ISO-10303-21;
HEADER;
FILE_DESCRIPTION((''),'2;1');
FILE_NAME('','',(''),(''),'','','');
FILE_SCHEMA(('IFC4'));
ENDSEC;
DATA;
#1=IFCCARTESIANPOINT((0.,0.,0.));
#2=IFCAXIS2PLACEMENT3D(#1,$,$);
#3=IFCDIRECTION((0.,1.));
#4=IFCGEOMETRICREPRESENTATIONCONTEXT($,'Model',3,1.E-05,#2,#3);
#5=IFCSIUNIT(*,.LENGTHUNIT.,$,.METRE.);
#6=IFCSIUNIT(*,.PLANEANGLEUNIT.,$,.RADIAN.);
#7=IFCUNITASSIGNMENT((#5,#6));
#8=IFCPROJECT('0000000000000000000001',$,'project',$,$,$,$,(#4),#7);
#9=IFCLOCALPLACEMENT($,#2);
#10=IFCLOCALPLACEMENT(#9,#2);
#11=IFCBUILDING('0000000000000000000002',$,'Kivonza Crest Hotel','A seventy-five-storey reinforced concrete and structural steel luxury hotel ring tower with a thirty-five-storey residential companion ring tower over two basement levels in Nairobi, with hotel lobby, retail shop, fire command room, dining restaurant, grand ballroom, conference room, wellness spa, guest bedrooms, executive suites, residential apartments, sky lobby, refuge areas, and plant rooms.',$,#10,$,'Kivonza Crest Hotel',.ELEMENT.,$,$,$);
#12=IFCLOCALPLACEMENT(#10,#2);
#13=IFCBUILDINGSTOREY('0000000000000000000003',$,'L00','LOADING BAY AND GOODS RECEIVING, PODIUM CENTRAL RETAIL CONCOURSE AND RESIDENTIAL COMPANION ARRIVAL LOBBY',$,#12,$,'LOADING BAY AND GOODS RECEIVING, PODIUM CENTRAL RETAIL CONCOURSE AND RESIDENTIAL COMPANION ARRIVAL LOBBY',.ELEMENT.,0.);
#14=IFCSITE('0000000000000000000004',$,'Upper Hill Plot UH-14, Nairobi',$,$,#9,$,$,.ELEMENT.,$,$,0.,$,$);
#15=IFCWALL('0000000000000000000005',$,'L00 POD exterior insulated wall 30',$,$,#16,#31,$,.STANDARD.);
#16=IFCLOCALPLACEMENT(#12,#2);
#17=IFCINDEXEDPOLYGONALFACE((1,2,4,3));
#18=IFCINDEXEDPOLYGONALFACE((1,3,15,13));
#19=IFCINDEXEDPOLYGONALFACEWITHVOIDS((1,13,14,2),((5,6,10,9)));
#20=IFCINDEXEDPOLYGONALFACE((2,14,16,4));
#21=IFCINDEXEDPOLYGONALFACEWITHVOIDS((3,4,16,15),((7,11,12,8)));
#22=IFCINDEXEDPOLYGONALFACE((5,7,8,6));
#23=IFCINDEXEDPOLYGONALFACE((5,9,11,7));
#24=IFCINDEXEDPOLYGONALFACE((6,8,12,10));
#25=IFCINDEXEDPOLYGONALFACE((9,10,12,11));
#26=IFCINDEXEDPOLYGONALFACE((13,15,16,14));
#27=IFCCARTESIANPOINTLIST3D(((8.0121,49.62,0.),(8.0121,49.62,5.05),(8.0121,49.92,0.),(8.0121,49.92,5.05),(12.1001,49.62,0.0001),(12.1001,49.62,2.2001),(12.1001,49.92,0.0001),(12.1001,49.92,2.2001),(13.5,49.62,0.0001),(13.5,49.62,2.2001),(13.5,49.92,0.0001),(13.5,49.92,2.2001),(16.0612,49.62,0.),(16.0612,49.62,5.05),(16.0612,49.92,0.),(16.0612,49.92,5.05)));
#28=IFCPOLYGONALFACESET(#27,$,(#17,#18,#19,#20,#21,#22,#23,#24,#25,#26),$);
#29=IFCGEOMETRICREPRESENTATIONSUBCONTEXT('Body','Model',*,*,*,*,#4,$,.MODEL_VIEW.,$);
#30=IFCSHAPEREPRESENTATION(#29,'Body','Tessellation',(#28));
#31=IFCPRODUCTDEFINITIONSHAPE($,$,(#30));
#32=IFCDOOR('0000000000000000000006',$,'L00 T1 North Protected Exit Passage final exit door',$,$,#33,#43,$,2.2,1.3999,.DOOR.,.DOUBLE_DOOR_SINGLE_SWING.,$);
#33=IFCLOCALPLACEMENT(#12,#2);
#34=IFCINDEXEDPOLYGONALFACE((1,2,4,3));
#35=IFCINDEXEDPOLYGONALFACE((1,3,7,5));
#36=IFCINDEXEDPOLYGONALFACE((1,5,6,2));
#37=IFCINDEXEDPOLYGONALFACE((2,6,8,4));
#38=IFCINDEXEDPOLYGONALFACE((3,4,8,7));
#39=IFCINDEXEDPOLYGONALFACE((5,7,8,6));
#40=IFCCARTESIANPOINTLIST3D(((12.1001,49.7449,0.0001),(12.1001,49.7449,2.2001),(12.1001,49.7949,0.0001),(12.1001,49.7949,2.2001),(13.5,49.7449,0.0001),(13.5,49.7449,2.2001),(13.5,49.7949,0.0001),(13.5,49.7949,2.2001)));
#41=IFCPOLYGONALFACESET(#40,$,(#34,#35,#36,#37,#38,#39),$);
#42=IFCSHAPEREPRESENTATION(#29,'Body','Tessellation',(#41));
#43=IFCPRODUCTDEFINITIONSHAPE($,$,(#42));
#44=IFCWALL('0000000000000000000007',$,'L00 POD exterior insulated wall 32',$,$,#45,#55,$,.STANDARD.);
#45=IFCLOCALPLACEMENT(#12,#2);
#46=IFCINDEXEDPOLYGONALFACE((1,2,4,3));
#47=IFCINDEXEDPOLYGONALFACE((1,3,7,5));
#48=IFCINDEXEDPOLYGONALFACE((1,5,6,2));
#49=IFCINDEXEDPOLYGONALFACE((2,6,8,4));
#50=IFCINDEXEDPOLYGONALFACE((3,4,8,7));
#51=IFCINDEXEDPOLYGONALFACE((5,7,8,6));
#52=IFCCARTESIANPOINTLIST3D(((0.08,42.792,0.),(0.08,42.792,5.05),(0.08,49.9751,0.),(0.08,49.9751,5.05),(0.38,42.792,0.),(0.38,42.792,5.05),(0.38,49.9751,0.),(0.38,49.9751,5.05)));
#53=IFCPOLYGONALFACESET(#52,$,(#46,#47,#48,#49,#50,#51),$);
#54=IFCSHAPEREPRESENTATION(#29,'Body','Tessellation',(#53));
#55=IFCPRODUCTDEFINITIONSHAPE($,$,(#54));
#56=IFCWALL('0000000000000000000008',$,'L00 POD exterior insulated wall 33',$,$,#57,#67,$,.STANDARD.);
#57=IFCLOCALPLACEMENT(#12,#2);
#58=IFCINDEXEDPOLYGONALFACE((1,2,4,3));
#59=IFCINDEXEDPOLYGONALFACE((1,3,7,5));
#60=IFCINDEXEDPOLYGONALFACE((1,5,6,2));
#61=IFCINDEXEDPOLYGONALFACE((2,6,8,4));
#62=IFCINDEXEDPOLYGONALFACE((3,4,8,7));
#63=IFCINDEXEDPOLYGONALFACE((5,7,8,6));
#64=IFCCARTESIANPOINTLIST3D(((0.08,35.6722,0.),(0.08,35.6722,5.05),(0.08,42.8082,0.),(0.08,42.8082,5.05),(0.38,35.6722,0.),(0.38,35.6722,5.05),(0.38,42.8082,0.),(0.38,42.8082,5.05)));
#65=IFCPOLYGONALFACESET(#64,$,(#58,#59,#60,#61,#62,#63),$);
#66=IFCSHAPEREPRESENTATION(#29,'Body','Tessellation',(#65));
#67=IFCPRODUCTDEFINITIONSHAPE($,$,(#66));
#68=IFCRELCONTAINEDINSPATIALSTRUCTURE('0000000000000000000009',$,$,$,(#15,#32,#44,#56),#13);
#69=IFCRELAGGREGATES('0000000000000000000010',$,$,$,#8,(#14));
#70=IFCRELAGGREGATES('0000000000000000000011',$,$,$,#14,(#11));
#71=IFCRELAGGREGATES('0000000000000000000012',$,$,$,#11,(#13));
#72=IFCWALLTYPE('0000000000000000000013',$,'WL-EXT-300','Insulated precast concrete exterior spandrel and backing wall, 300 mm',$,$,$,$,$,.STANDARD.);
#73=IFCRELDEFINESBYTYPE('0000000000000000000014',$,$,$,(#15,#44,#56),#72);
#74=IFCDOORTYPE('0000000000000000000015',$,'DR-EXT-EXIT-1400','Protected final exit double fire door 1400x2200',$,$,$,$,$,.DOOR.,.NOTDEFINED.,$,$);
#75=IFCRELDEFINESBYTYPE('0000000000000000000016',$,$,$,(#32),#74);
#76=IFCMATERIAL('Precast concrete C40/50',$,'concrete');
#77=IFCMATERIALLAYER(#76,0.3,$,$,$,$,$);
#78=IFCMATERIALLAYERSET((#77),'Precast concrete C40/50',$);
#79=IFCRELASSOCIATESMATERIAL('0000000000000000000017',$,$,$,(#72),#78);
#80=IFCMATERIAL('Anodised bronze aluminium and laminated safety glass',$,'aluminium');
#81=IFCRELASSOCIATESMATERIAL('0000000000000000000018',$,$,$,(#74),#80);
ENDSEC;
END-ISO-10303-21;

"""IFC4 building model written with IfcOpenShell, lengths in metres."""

from ifc_helpers import new_model, si_unit, direction, frame, frame_2d, origin, place, context, subcontext, project, spatial, rectangle, extrude, material, layer, layer_set, type_object, element, fill, save


model = new_model("IFC4")

# Units and contexts
model_context = context("Model", 3, precision=1e-05, world=origin(), true_north=direction((0.0, 1.0)))
body_context = subcontext(model_context, "Body", "Model", "MODEL_VIEW")
ifc_project = project(units=[si_unit("LENGTHUNIT", "METRE"), si_unit("PLANEANGLEUNIT", "RADIAN")], contexts=[model_context])

# Site, building, storey
site_placement = place(None, origin())
site = spatial("IfcSite", under=ifc_project, at=site_placement, Name="Upper Hill Plot UH-14, Nairobi", CompositionType="ELEMENT", RefElevation=0.0)
building_placement = place(site_placement, origin())
building = spatial("IfcBuilding", under=site, at=building_placement, Name="Kivonza Crest Hotel", Description="A seventy-five-storey reinforced concrete and structural steel luxury hotel ring tower with a thirty-five-storey residential companion ring tower over two basement levels in Nairobi, with hotel lobby, retail shop, fire command room, dining restaurant, grand ballroom, conference room, wellness spa, guest bedrooms, executive suites, residential apartments, sky lobby, refuge areas, and plant rooms.", LongName="Kivonza Crest Hotel", CompositionType="ELEMENT")
storey_placement = place(building_placement, origin())
storey = spatial("IfcBuildingStorey", under=building, at=storey_placement, Name="L00", Description="LOADING BAY AND GOODS RECEIVING, PODIUM CENTRAL RETAIL CONCOURSE AND RESIDENTIAL COMPANION ARRIVAL LOBBY", LongName="LOADING BAY AND GOODS RECEIVING, PODIUM CENTRAL RETAIL CONCOURSE AND RESIDENTIAL COMPANION ARRIVAL LOBBY", CompositionType="ELEMENT", Elevation=0.0)

# Wall, opening, door
ifc_material_1 = material(Name="Precast concrete C40/50", Category="concrete")
ifc_layer_1 = layer(ifc_material_1, 0.3)
ifc_layer_set_1 = layer_set([ifc_layer_1], Name="Precast concrete C40/50")
wall_type = type_object("IfcWallType", Name="WL-EXT-300", Description="Insulated precast concrete exterior spandrel and backing wall, 300 mm", PredefinedType="STANDARD", material=ifc_layer_set_1)
wall_1_placement = place(storey_placement, frame((16.061, 49.77, 0.0), z_axis=(0.0, 0.0, 1.0), x_axis=(-1.0, 0.0, 0.0)))
wall_1 = element("IfcWall", 1, at=wall_1_placement, inside=storey, type_object=wall_type, Name="L00 POD exterior insulated wall 30", PredefinedType="STANDARD", context=body_context, shape_type="SweptSolid", body=[
    extrude(rectangle(XDim=8.0491, YDim=0.3, at=frame_2d((4.0244, 0.0))), origin(), (0.0, 0.0, 1.0), 5.05),
])
opening_placement = place(wall_1_placement, frame((2.561, 0.0, 0.0)))
opening = element("IfcOpeningElement", 2, at=opening_placement, cuts=wall_1, PredefinedType="OPENING", context=body_context, shape_type="SweptSolid", body=[
    extrude(rectangle(XDim=1.3999, YDim=2.2, at=frame_2d((0.7, 1.1001))), frame((0.0, 0.1602, 0.0), z_axis=(0.0, -1.0, 0.0), x_axis=(1.0, 0.0, 0.0)), (0.0, 0.0, 1.0), 0.3201),
])
ifc_material_2 = material(Name="Anodised bronze aluminium and laminated safety glass", Category="aluminium")
door_type = type_object("IfcDoorType", Name="DR-EXT-EXIT-1400", Description="Protected final exit double fire door 1400x2200", OperationType="NOTDEFINED", PredefinedType="DOOR", material=ifc_material_2)
door_placement = place(opening_placement, frame((1.3999, 0.0, 0.0), z_axis=(0.0, 0.0, 1.0), x_axis=(-1.0, 0.0, 0.0)))
door = element("IfcDoor", 3, at=door_placement, inside=storey, type_object=door_type, Name="L00 T1 North Protected Exit Passage final exit door", OperationType="DOUBLE_DOOR_SINGLE_SWING", OverallHeight=2.2, OverallWidth=1.3999, PredefinedType="DOOR", context=body_context, shape_type="SweptSolid", body=[
    extrude(rectangle(XDim=1.3999, YDim=2.2, at=frame_2d((0.7, 1.1001))), frame((0.0, 0.0249, 0.0), z_axis=(0.0, -1.0, 0.0), x_axis=(1.0, 0.0, 0.0)), (0.0, 0.0, 1.0), 0.05),
])
fill(opening, door)

# Walls
wall_2_placement = place(storey_placement, frame((0.23, 49.9751, 0.0), z_axis=(0.0, 0.0, 1.0), x_axis=(0.0, -1.0, 0.0)))
element("IfcWall", 4, at=wall_2_placement, inside=storey, type_object=wall_type, Name="L00 POD exterior insulated wall 32", PredefinedType="STANDARD", context=body_context, shape_type="SweptSolid", body=[
    extrude(rectangle(XDim=7.1831, YDim=0.3, at=frame_2d((3.5916, 0.0))), origin(), (0.0, 0.0, 1.0), 5.05),
])
wall_3_placement = place(storey_placement, frame((0.23, 42.8081, 0.0), z_axis=(0.0, 0.0, 1.0), x_axis=(0.0, -1.0, 0.0)))
element("IfcWall", 5, at=wall_3_placement, inside=storey, type_object=wall_type, Name="L00 POD exterior insulated wall 33", PredefinedType="STANDARD", context=body_context, shape_type="SweptSolid", body=[
    extrude(rectangle(XDim=7.136, YDim=0.3, at=frame_2d((3.5679, 0.0))), origin(), (0.0, 0.0, 1.0), 5.05),
])

save(model, "model.ifc")
